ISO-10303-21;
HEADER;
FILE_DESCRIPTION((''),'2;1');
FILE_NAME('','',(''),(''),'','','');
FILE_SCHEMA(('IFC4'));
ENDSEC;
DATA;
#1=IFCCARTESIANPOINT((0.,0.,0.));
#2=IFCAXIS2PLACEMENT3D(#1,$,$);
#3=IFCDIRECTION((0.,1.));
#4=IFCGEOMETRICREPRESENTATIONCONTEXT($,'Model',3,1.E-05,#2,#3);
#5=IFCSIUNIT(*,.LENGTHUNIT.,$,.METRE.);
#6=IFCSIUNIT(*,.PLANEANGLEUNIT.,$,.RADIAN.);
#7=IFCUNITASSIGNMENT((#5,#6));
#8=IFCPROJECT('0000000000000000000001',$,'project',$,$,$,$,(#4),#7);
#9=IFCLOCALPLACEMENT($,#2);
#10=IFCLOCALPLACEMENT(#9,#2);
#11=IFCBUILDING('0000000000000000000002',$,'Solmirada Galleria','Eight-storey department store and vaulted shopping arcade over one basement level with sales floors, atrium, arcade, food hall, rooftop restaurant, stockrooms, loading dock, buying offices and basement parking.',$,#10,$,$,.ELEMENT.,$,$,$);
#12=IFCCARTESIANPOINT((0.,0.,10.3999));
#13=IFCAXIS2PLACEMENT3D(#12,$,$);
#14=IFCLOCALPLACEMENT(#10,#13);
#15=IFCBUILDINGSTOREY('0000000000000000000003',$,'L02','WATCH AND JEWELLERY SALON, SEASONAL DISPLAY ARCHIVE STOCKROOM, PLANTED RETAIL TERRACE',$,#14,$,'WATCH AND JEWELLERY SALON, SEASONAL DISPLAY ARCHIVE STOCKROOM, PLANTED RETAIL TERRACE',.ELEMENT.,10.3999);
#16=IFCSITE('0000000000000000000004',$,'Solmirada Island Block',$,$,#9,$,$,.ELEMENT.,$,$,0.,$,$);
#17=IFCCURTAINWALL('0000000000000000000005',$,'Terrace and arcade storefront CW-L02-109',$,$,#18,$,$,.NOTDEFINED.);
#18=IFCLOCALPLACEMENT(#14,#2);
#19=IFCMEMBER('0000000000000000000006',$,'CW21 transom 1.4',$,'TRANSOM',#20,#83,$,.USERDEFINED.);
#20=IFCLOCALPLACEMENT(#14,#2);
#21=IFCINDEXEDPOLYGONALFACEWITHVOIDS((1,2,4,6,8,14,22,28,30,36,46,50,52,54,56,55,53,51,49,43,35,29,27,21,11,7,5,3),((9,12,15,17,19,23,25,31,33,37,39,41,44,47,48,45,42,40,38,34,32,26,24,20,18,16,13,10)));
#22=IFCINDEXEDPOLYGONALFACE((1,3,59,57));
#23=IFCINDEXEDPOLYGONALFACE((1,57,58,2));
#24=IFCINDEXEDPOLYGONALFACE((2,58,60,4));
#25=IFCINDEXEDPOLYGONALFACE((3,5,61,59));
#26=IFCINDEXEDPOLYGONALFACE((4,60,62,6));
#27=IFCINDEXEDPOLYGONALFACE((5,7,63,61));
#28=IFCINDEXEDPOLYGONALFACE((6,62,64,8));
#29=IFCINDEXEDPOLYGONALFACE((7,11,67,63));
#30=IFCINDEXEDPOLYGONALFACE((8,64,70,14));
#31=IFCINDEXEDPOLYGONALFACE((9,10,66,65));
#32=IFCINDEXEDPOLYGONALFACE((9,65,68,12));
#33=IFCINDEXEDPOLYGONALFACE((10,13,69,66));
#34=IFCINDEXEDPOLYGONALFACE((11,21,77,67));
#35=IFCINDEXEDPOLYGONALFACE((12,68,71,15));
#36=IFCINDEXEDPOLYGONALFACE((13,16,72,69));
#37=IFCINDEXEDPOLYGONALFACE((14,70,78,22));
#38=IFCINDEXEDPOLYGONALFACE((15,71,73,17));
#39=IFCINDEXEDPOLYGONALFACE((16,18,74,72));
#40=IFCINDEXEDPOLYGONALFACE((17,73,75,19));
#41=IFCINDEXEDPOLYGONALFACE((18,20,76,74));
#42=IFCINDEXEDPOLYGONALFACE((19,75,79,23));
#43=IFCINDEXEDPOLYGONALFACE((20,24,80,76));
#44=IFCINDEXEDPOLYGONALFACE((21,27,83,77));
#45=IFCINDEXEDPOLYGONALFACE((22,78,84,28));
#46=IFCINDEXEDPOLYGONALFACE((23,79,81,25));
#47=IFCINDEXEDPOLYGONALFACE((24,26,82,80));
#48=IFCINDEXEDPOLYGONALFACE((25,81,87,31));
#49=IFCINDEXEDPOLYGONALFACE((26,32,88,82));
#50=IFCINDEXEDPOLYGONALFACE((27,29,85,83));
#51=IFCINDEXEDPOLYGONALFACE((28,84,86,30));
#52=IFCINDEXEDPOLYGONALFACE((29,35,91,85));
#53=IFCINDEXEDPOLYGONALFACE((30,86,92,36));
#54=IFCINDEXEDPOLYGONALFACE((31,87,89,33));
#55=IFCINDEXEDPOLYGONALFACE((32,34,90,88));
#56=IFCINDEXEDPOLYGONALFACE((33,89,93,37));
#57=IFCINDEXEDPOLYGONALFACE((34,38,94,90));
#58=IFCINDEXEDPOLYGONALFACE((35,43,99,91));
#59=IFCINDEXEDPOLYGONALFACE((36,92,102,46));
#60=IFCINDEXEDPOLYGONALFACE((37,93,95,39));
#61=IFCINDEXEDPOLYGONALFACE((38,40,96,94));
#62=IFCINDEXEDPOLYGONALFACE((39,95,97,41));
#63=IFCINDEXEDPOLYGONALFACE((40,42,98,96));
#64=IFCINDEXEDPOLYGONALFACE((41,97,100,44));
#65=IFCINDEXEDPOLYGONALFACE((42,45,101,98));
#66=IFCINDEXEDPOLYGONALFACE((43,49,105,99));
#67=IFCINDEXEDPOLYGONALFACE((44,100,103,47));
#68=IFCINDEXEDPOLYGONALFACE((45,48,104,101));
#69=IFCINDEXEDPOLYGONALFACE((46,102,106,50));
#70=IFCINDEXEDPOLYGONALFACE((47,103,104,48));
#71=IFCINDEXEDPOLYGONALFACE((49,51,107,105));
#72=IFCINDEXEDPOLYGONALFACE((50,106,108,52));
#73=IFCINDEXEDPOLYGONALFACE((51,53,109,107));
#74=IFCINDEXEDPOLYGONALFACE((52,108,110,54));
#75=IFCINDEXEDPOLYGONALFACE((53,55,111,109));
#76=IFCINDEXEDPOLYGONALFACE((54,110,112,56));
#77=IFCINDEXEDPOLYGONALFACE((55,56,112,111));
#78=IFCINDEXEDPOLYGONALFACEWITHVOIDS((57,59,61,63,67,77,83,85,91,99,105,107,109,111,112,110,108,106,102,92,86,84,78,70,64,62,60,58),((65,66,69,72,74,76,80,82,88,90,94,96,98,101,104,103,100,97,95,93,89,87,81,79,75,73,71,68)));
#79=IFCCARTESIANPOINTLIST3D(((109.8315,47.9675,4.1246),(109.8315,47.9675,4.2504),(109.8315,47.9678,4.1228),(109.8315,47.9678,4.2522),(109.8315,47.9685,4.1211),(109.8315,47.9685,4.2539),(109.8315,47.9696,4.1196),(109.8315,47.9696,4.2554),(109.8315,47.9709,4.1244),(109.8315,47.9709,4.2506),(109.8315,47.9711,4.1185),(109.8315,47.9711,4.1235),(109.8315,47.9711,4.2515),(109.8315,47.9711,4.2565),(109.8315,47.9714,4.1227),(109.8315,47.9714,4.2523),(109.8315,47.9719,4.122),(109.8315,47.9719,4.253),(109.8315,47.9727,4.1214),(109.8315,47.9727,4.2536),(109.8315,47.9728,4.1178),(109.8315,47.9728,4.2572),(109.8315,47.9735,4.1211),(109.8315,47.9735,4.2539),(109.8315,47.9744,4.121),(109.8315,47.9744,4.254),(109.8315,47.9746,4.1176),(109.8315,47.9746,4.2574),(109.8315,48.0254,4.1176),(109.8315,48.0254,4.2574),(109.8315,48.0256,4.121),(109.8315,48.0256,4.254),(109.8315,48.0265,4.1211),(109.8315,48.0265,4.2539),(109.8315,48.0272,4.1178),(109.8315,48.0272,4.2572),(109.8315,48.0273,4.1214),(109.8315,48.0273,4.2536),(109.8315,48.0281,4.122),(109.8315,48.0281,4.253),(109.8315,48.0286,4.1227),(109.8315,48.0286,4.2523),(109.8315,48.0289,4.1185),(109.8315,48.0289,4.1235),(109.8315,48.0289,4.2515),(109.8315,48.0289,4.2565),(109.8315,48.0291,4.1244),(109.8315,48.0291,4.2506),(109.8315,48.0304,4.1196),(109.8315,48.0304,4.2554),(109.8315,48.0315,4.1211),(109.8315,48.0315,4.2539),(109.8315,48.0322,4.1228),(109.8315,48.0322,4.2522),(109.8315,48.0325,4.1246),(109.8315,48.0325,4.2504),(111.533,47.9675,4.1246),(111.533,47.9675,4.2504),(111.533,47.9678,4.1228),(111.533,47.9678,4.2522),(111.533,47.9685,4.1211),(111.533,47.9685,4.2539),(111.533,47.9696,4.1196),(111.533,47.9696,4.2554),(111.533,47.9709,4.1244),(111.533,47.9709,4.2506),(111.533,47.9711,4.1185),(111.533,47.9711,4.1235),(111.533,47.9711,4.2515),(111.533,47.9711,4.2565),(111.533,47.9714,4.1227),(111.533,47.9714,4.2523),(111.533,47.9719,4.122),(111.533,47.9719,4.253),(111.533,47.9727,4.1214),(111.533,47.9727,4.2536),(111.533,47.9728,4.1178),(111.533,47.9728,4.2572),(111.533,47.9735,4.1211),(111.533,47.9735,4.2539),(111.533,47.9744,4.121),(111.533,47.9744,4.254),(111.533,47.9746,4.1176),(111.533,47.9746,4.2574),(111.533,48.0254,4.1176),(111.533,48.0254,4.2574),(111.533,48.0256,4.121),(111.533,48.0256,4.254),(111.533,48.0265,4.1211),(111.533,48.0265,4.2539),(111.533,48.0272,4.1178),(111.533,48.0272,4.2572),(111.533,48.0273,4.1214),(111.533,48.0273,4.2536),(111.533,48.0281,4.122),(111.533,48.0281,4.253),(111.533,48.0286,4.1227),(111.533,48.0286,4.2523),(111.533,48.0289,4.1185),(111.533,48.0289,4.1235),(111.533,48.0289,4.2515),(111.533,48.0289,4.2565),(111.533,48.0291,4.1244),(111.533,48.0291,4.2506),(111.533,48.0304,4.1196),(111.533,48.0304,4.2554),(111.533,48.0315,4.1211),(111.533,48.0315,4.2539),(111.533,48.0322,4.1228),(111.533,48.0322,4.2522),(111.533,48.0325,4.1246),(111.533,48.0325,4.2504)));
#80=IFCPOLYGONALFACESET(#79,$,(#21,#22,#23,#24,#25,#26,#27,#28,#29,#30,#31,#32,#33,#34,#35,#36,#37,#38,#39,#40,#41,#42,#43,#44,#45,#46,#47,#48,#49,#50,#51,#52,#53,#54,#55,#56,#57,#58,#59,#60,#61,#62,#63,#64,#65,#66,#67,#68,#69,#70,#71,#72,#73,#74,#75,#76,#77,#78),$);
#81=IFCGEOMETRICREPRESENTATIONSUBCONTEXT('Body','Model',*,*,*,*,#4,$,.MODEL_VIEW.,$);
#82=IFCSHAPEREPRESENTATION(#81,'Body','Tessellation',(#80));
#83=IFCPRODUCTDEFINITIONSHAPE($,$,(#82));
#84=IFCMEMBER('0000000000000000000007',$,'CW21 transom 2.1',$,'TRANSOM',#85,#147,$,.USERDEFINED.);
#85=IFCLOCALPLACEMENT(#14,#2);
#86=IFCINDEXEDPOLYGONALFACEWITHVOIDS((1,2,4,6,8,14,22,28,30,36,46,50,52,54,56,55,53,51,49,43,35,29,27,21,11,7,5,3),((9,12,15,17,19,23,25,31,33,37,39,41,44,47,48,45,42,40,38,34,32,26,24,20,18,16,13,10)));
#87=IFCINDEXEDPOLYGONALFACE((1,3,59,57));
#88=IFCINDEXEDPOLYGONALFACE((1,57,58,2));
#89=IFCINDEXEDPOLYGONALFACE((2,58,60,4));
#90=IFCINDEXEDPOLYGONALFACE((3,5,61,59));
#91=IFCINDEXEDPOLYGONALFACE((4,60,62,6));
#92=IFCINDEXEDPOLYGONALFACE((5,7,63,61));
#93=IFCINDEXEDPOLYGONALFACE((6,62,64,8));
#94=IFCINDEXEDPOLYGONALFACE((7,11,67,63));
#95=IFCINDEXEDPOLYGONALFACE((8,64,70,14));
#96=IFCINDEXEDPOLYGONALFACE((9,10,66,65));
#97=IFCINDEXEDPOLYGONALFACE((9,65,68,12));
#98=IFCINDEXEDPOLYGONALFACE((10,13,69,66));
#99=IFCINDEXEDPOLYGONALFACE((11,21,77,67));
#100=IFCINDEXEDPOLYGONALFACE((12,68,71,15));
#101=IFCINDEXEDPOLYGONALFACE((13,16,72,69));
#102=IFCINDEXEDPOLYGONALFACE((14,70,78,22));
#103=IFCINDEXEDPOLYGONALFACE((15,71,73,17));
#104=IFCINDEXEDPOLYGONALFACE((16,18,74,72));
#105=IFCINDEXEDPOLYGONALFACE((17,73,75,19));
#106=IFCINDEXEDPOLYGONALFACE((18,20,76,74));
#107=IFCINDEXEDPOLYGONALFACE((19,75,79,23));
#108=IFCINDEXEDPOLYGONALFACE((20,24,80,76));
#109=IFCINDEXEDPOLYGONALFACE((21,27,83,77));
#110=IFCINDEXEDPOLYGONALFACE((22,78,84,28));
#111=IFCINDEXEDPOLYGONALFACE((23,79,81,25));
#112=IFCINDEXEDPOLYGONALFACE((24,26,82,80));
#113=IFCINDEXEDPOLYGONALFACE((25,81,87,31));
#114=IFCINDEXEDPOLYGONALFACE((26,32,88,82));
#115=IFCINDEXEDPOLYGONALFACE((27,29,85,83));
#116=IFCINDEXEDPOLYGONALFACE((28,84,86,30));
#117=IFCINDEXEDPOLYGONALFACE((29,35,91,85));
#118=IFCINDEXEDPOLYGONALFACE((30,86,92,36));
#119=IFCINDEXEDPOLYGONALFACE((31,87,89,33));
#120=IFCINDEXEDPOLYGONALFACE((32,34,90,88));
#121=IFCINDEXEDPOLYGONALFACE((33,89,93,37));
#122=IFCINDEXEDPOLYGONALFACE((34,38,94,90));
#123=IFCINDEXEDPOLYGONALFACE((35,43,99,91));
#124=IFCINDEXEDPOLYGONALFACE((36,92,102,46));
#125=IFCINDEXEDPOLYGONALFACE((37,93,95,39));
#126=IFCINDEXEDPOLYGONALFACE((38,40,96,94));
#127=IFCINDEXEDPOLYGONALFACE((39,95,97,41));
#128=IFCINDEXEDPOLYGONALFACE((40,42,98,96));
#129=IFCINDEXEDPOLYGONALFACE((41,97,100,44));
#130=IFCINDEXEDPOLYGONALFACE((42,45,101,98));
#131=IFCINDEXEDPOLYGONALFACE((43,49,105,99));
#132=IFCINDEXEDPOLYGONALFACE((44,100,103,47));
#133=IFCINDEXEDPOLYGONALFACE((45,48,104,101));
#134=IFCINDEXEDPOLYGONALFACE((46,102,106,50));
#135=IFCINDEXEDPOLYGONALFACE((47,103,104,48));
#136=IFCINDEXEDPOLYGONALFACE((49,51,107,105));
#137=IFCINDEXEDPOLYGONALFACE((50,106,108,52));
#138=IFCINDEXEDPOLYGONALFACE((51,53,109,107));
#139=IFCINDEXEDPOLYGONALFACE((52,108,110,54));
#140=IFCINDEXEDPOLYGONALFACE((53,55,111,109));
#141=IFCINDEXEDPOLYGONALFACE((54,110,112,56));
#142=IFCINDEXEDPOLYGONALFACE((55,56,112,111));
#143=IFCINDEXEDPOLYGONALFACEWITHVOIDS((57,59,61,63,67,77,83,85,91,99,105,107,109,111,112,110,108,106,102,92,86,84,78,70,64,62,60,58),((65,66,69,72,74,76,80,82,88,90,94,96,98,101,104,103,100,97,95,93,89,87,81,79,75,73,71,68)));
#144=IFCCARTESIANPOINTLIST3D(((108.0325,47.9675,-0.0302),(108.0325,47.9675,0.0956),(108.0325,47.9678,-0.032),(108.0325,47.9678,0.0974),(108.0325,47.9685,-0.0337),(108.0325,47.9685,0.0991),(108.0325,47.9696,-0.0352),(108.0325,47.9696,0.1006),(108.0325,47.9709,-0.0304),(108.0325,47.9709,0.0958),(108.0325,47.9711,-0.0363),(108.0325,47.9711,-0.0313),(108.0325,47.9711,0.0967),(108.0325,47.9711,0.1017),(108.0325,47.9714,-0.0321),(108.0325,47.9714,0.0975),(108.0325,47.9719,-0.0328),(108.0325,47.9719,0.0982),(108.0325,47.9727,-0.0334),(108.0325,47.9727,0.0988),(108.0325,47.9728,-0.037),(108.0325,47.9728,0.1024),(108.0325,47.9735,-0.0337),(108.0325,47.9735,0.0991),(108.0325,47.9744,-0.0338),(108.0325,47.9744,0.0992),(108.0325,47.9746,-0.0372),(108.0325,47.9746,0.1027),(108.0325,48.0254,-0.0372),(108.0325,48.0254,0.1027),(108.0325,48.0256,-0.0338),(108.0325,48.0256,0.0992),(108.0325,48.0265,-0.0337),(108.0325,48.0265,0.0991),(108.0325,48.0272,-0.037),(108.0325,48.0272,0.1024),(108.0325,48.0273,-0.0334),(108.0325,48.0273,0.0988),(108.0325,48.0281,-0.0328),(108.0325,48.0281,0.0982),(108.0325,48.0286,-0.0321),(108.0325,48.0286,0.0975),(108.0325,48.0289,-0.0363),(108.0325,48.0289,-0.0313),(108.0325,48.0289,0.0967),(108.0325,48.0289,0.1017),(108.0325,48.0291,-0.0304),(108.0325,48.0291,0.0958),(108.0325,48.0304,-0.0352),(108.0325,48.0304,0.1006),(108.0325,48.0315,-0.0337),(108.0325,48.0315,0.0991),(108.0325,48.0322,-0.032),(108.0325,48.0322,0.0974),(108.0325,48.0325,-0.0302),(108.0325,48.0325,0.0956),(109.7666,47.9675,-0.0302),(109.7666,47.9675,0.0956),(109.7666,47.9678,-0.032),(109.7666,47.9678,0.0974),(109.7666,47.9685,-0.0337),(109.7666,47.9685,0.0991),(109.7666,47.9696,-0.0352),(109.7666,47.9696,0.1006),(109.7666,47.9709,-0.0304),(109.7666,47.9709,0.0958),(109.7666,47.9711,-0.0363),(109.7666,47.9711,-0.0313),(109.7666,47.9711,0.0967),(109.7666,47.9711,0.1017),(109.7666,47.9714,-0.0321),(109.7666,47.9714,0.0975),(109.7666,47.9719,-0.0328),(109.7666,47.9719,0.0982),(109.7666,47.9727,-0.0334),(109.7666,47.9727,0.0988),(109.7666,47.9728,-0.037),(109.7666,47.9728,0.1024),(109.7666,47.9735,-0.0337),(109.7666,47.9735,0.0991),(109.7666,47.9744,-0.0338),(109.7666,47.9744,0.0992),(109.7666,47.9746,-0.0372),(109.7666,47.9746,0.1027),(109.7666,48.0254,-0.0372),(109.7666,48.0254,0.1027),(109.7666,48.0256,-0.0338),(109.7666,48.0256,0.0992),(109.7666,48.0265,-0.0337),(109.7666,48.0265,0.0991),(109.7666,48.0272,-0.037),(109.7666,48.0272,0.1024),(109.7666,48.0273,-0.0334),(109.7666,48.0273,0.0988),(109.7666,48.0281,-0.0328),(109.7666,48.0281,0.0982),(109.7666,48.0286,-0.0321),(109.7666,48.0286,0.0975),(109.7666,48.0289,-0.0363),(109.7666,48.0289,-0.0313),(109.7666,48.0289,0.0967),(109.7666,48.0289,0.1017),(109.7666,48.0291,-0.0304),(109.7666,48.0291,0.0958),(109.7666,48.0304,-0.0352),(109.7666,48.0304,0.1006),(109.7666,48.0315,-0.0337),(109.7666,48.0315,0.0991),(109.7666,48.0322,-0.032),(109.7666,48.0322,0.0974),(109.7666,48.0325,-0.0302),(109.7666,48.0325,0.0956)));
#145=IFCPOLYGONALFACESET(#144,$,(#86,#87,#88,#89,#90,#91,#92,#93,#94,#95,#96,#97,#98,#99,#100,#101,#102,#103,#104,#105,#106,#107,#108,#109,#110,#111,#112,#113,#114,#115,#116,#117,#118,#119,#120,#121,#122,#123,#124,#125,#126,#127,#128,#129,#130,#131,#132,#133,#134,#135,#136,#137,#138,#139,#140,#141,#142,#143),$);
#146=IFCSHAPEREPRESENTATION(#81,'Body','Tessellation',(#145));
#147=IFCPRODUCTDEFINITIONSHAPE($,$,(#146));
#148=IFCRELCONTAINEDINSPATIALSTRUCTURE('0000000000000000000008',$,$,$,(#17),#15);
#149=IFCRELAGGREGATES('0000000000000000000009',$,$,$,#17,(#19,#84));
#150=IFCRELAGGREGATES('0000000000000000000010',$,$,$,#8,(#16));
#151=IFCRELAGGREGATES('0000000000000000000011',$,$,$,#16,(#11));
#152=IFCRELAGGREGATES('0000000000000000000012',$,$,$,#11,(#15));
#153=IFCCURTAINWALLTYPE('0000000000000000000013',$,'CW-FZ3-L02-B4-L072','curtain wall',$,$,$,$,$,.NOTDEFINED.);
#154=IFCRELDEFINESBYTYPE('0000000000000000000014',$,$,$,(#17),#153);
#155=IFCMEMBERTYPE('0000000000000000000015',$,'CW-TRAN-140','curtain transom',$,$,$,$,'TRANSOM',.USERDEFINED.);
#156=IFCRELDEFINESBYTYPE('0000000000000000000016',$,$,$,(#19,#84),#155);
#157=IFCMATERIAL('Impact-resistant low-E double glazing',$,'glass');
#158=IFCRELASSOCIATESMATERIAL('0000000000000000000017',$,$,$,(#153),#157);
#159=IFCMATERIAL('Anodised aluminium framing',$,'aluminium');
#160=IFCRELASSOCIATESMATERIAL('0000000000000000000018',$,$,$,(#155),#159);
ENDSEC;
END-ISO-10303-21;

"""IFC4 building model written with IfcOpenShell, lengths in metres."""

from ifc_helpers import new_model, si_unit, direction, frame, origin, origin_2d, place, context, subcontext, project, spatial, hollow_rectangle, extrude, material, material_profile, profile_set, type_object, element, aggregate, save


model = new_model("IFC4")

# Units and contexts
model_context = context("Model", 3, precision=1e-05, world=origin(), true_north=direction((0.0, 1.0)))
body_context = subcontext(model_context, "Body", "Model", "MODEL_VIEW")
ifc_project = project(units=[si_unit("LENGTHUNIT", "METRE"), si_unit("PLANEANGLEUNIT", "RADIAN")], contexts=[model_context])

# Site, building, storey
site_placement = place(None, origin())
site = spatial("IfcSite", under=ifc_project, at=site_placement, Name="Solmirada Island Block", CompositionType="ELEMENT", RefElevation=0.0)
building_placement = place(site_placement, origin())
building = spatial("IfcBuilding", under=site, at=building_placement, Name="Solmirada Galleria", Description="Eight-storey department store and vaulted shopping arcade over one basement level with sales floors, atrium, arcade, food hall, rooftop restaurant, stockrooms, loading dock, buying offices and basement parking.", CompositionType="ELEMENT")
storey_placement = place(building_placement, frame((0.0, 0.0, 10.3999)))
storey = spatial("IfcBuildingStorey", under=building, at=storey_placement, Name="L02", Description="WATCH AND JEWELLERY SALON, SEASONAL DISPLAY ARCHIVE STOCKROOM, PLANTED RETAIL TERRACE", LongName="WATCH AND JEWELLERY SALON, SEASONAL DISPLAY ARCHIVE STOCKROOM, PLANTED RETAIL TERRACE", CompositionType="ELEMENT", Elevation=10.3999)

# Curtain wall
ifc_material_1 = material(Name="Impact-resistant low-E double glazing", Category="glass")
curtain_wall_type = type_object("IfcCurtainWallType", Name="CW-FZ3-L02-B4-L072", Description="curtain wall", PredefinedType="NOTDEFINED", material=ifc_material_1)
ifc_material_2 = material(Name="Anodised aluminium framing", Category="aluminium")
curtain_wall_1_placement = place(storey_placement, origin())
curtain_wall_1 = element("IfcCurtainWall", 1, at=curtain_wall_1_placement, inside=storey, type_object=curtain_wall_type, Name="Terrace and arcade storefront CW-L02-109", PredefinedType="NOTDEFINED")

# Members
ifc_material_profile_1 = material_profile(ifc_material_2, hollow_rectangle(XDim=0.0649, YDim=0.1399, WallThickness=0.0034, InnerFilletRadius=0.0034, OuterFilletRadius=0.0071, at=origin_2d()), Name="ALU-TRAN-140X65")
ifc_profile_set_1 = profile_set([ifc_material_profile_1], Name="Anodised aluminium framing")
member_type_1 = type_object("IfcMemberType", Name="CW-TRAN-140", Description="curtain transom", ElementType="TRANSOM", PredefinedType="USERDEFINED", material=ifc_profile_set_1)
member_1_placement = place(storey_placement, frame((111.533, 48.0, 4.1875), z_axis=(-1.0, 0.0, 0.0), x_axis=(0.0, -1.0, 0.0)))
member_1 = element("IfcMember", 2, at=member_1_placement, type_object=member_type_1, Name="CW21 transom 1.4", ObjectType="TRANSOM", PredefinedType="USERDEFINED", context=body_context, shape_type="SweptSolid", body=[
    extrude(hollow_rectangle(XDim=0.0649, YDim=0.1399, WallThickness=0.0034, InnerFilletRadius=0.0034, OuterFilletRadius=0.0071, at=origin_2d()), origin(), (0.0, 0.0, 1.0), 1.7014),
])
member_2_placement = place(storey_placement, frame((109.7666, 48.0, 0.0327), z_axis=(-1.0, 0.0, 0.0), x_axis=(0.0, -1.0, 0.0)))
member_2 = element("IfcMember", 3, at=member_2_placement, type_object=member_type_1, Name="CW21 transom 2.1", ObjectType="TRANSOM", PredefinedType="USERDEFINED", context=body_context, shape_type="SweptSolid", body=[
    extrude(hollow_rectangle(XDim=0.0649, YDim=0.1399, WallThickness=0.0034, InnerFilletRadius=0.0034, OuterFilletRadius=0.0071, at=origin_2d()), origin(), (0.0, 0.0, 1.0), 1.7341),
])

aggregate(curtain_wall_1, [member_1, member_2])

save(model, "model.ifc")
